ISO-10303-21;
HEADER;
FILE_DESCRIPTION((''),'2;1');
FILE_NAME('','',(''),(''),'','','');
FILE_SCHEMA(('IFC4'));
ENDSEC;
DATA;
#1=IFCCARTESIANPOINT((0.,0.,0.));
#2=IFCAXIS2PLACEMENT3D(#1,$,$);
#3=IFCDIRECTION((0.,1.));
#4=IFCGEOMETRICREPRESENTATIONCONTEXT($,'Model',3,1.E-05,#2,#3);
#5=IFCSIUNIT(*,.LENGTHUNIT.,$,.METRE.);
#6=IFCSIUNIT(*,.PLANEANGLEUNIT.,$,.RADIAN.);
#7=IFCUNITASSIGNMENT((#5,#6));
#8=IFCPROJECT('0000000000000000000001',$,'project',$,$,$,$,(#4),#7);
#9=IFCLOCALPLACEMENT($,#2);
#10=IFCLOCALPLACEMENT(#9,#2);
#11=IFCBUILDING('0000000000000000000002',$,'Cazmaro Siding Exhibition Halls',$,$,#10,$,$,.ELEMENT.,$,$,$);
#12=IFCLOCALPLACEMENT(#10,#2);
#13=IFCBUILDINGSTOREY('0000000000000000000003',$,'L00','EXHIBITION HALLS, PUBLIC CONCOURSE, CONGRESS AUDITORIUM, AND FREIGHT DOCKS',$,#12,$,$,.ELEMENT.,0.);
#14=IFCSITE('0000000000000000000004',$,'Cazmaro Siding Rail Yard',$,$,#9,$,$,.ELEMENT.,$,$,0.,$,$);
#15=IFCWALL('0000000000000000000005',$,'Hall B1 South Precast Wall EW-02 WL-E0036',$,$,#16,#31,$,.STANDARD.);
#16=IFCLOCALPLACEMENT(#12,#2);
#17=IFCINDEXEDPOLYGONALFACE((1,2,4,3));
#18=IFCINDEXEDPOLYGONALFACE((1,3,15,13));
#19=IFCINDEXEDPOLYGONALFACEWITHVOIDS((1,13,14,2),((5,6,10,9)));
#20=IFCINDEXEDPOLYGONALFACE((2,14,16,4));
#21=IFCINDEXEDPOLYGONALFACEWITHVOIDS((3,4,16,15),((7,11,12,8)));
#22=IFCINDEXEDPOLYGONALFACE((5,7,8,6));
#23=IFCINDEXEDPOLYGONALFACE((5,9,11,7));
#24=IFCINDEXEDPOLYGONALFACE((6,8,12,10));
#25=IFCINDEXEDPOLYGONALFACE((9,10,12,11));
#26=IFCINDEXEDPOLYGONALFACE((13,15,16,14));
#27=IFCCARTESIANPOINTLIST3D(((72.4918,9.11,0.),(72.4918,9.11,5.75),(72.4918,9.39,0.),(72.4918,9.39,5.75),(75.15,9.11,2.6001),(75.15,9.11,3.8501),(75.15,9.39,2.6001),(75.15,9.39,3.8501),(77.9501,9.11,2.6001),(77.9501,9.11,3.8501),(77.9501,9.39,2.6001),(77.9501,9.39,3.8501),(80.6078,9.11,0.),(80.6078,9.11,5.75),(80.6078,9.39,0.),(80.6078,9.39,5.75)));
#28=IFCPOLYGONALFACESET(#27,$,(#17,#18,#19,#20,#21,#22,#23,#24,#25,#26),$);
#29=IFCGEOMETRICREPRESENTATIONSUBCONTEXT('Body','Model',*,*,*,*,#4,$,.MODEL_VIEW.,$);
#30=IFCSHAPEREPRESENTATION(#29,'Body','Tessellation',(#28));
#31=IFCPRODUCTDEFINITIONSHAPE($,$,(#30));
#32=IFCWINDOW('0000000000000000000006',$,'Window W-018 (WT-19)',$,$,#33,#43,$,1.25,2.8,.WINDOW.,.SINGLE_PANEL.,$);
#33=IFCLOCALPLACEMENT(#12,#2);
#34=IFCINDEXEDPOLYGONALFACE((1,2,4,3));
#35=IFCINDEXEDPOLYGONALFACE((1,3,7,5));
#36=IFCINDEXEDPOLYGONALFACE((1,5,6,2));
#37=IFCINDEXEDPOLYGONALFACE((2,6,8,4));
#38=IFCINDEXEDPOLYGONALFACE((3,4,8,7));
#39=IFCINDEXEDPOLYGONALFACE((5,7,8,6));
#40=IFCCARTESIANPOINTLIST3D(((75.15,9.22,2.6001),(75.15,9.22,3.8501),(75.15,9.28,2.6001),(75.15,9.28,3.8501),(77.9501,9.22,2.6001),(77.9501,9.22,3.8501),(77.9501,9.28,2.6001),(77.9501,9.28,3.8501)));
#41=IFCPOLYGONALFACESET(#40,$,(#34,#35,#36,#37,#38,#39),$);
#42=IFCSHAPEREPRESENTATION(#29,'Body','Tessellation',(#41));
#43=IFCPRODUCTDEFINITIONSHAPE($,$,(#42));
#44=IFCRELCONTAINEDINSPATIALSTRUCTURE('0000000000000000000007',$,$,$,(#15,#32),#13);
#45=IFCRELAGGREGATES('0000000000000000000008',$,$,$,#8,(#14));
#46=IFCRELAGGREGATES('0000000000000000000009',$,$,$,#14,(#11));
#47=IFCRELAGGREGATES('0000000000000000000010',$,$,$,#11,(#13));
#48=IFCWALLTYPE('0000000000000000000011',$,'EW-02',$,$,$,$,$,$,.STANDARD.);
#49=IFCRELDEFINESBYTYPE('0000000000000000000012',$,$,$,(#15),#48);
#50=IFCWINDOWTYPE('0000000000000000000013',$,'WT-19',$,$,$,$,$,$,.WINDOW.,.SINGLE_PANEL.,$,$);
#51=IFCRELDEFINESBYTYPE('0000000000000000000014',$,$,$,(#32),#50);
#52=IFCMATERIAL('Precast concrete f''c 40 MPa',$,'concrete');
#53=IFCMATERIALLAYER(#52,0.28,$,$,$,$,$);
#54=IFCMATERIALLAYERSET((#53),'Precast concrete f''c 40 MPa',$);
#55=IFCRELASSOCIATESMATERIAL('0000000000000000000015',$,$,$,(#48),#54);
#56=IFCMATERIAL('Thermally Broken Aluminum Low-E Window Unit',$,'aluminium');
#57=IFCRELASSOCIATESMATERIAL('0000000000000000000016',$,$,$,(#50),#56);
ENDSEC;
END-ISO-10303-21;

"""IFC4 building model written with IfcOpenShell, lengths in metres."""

from ifc_helpers import new_model, si_unit, direction, frame, frame_2d, origin, place, context, subcontext, project, spatial, rectangle, extrude, material, layer, layer_set, type_object, element, fill, save


model = new_model("IFC4")

# Units and contexts
model_context = context("Model", 3, precision=1e-05, world=origin(), true_north=direction((0.0, 1.0)))
body_context = subcontext(model_context, "Body", "Model", "MODEL_VIEW")
ifc_project = project(units=[si_unit("LENGTHUNIT", "METRE"), si_unit("PLANEANGLEUNIT", "RADIAN")], contexts=[model_context])

# Site, building, storey
site_placement = place(None, origin())
site = spatial("IfcSite", under=ifc_project, at=site_placement, Name="Cazmaro Siding Rail Yard", CompositionType="ELEMENT", RefElevation=0.0)
building_placement = place(site_placement, origin())
building = spatial("IfcBuilding", under=site, at=building_placement, Name="Cazmaro Siding Exhibition Halls", CompositionType="ELEMENT")
storey_placement = place(building_placement, origin())
storey = spatial("IfcBuildingStorey", under=building, at=storey_placement, Name="L00", Description="EXHIBITION HALLS, PUBLIC CONCOURSE, CONGRESS AUDITORIUM, AND FREIGHT DOCKS", CompositionType="ELEMENT", Elevation=0.0)

# Wall, opening, window
ifc_material_1 = material(Name="Precast concrete f'c 40 MPa", Category="concrete")
ifc_layer = layer(ifc_material_1, 0.28)
ifc_layer_set = layer_set([ifc_layer], Name="Precast concrete f'c 40 MPa")
wall_type = type_object("IfcWallType", Name="EW-02", PredefinedType="STANDARD", material=ifc_layer_set)
wall_placement = place(storey_placement, frame((80.6079, 9.25, 0.0), z_axis=(0.0, 0.0, 1.0), x_axis=(-1.0, 0.0, 0.0)))
wall = element("IfcWall", 1, at=wall_placement, inside=storey, type_object=wall_type, Name="Hall B1 South Precast Wall EW-02 WL-E0036", PredefinedType="STANDARD", context=body_context, shape_type="SweptSolid", body=[
    extrude(rectangle(XDim=8.116, YDim=0.28, at=frame_2d((4.0581, 0.0))), origin(), (0.0, 0.0, 1.0), 5.75),
])
opening_placement = place(wall_placement, frame((2.658, 0.0, 2.6001)))
opening = element("IfcOpeningElement", 2, at=opening_placement, cuts=wall, PredefinedType="OPENING", context=body_context, shape_type="SweptSolid", body=[
    extrude(rectangle(XDim=2.8, YDim=1.25, at=frame_2d((1.3999, 0.625))), frame((0.0, 0.1499, 0.0), z_axis=(0.0, -1.0, 0.0), x_axis=(1.0, 0.0, 0.0)), (0.0, 0.0, 1.0), 0.3),
])
ifc_material_2 = material(Name="Thermally Broken Aluminum Low-E Window Unit", Category="aluminium")
window_type = type_object("IfcWindowType", Name="WT-19", PartitioningType="SINGLE_PANEL", PredefinedType="WINDOW", material=ifc_material_2)
window_placement = place(opening_placement, origin())
window = element("IfcWindow", 3, at=window_placement, inside=storey, type_object=window_type, Name="Window W-018 (WT-19)", OverallHeight=1.25, OverallWidth=2.8, PartitioningType="SINGLE_PANEL", PredefinedType="WINDOW", context=body_context, shape_type="SweptSolid", body=[
    extrude(rectangle(XDim=2.8, YDim=1.25, at=frame_2d((1.3999, 0.625))), frame((0.0, 0.03, 0.0), z_axis=(0.0, -1.0, 0.0), x_axis=(1.0, 0.0, 0.0)), (0.0, 0.0, 1.0), 0.0601),
])
fill(opening, window)

save(model, "model.ifc")
